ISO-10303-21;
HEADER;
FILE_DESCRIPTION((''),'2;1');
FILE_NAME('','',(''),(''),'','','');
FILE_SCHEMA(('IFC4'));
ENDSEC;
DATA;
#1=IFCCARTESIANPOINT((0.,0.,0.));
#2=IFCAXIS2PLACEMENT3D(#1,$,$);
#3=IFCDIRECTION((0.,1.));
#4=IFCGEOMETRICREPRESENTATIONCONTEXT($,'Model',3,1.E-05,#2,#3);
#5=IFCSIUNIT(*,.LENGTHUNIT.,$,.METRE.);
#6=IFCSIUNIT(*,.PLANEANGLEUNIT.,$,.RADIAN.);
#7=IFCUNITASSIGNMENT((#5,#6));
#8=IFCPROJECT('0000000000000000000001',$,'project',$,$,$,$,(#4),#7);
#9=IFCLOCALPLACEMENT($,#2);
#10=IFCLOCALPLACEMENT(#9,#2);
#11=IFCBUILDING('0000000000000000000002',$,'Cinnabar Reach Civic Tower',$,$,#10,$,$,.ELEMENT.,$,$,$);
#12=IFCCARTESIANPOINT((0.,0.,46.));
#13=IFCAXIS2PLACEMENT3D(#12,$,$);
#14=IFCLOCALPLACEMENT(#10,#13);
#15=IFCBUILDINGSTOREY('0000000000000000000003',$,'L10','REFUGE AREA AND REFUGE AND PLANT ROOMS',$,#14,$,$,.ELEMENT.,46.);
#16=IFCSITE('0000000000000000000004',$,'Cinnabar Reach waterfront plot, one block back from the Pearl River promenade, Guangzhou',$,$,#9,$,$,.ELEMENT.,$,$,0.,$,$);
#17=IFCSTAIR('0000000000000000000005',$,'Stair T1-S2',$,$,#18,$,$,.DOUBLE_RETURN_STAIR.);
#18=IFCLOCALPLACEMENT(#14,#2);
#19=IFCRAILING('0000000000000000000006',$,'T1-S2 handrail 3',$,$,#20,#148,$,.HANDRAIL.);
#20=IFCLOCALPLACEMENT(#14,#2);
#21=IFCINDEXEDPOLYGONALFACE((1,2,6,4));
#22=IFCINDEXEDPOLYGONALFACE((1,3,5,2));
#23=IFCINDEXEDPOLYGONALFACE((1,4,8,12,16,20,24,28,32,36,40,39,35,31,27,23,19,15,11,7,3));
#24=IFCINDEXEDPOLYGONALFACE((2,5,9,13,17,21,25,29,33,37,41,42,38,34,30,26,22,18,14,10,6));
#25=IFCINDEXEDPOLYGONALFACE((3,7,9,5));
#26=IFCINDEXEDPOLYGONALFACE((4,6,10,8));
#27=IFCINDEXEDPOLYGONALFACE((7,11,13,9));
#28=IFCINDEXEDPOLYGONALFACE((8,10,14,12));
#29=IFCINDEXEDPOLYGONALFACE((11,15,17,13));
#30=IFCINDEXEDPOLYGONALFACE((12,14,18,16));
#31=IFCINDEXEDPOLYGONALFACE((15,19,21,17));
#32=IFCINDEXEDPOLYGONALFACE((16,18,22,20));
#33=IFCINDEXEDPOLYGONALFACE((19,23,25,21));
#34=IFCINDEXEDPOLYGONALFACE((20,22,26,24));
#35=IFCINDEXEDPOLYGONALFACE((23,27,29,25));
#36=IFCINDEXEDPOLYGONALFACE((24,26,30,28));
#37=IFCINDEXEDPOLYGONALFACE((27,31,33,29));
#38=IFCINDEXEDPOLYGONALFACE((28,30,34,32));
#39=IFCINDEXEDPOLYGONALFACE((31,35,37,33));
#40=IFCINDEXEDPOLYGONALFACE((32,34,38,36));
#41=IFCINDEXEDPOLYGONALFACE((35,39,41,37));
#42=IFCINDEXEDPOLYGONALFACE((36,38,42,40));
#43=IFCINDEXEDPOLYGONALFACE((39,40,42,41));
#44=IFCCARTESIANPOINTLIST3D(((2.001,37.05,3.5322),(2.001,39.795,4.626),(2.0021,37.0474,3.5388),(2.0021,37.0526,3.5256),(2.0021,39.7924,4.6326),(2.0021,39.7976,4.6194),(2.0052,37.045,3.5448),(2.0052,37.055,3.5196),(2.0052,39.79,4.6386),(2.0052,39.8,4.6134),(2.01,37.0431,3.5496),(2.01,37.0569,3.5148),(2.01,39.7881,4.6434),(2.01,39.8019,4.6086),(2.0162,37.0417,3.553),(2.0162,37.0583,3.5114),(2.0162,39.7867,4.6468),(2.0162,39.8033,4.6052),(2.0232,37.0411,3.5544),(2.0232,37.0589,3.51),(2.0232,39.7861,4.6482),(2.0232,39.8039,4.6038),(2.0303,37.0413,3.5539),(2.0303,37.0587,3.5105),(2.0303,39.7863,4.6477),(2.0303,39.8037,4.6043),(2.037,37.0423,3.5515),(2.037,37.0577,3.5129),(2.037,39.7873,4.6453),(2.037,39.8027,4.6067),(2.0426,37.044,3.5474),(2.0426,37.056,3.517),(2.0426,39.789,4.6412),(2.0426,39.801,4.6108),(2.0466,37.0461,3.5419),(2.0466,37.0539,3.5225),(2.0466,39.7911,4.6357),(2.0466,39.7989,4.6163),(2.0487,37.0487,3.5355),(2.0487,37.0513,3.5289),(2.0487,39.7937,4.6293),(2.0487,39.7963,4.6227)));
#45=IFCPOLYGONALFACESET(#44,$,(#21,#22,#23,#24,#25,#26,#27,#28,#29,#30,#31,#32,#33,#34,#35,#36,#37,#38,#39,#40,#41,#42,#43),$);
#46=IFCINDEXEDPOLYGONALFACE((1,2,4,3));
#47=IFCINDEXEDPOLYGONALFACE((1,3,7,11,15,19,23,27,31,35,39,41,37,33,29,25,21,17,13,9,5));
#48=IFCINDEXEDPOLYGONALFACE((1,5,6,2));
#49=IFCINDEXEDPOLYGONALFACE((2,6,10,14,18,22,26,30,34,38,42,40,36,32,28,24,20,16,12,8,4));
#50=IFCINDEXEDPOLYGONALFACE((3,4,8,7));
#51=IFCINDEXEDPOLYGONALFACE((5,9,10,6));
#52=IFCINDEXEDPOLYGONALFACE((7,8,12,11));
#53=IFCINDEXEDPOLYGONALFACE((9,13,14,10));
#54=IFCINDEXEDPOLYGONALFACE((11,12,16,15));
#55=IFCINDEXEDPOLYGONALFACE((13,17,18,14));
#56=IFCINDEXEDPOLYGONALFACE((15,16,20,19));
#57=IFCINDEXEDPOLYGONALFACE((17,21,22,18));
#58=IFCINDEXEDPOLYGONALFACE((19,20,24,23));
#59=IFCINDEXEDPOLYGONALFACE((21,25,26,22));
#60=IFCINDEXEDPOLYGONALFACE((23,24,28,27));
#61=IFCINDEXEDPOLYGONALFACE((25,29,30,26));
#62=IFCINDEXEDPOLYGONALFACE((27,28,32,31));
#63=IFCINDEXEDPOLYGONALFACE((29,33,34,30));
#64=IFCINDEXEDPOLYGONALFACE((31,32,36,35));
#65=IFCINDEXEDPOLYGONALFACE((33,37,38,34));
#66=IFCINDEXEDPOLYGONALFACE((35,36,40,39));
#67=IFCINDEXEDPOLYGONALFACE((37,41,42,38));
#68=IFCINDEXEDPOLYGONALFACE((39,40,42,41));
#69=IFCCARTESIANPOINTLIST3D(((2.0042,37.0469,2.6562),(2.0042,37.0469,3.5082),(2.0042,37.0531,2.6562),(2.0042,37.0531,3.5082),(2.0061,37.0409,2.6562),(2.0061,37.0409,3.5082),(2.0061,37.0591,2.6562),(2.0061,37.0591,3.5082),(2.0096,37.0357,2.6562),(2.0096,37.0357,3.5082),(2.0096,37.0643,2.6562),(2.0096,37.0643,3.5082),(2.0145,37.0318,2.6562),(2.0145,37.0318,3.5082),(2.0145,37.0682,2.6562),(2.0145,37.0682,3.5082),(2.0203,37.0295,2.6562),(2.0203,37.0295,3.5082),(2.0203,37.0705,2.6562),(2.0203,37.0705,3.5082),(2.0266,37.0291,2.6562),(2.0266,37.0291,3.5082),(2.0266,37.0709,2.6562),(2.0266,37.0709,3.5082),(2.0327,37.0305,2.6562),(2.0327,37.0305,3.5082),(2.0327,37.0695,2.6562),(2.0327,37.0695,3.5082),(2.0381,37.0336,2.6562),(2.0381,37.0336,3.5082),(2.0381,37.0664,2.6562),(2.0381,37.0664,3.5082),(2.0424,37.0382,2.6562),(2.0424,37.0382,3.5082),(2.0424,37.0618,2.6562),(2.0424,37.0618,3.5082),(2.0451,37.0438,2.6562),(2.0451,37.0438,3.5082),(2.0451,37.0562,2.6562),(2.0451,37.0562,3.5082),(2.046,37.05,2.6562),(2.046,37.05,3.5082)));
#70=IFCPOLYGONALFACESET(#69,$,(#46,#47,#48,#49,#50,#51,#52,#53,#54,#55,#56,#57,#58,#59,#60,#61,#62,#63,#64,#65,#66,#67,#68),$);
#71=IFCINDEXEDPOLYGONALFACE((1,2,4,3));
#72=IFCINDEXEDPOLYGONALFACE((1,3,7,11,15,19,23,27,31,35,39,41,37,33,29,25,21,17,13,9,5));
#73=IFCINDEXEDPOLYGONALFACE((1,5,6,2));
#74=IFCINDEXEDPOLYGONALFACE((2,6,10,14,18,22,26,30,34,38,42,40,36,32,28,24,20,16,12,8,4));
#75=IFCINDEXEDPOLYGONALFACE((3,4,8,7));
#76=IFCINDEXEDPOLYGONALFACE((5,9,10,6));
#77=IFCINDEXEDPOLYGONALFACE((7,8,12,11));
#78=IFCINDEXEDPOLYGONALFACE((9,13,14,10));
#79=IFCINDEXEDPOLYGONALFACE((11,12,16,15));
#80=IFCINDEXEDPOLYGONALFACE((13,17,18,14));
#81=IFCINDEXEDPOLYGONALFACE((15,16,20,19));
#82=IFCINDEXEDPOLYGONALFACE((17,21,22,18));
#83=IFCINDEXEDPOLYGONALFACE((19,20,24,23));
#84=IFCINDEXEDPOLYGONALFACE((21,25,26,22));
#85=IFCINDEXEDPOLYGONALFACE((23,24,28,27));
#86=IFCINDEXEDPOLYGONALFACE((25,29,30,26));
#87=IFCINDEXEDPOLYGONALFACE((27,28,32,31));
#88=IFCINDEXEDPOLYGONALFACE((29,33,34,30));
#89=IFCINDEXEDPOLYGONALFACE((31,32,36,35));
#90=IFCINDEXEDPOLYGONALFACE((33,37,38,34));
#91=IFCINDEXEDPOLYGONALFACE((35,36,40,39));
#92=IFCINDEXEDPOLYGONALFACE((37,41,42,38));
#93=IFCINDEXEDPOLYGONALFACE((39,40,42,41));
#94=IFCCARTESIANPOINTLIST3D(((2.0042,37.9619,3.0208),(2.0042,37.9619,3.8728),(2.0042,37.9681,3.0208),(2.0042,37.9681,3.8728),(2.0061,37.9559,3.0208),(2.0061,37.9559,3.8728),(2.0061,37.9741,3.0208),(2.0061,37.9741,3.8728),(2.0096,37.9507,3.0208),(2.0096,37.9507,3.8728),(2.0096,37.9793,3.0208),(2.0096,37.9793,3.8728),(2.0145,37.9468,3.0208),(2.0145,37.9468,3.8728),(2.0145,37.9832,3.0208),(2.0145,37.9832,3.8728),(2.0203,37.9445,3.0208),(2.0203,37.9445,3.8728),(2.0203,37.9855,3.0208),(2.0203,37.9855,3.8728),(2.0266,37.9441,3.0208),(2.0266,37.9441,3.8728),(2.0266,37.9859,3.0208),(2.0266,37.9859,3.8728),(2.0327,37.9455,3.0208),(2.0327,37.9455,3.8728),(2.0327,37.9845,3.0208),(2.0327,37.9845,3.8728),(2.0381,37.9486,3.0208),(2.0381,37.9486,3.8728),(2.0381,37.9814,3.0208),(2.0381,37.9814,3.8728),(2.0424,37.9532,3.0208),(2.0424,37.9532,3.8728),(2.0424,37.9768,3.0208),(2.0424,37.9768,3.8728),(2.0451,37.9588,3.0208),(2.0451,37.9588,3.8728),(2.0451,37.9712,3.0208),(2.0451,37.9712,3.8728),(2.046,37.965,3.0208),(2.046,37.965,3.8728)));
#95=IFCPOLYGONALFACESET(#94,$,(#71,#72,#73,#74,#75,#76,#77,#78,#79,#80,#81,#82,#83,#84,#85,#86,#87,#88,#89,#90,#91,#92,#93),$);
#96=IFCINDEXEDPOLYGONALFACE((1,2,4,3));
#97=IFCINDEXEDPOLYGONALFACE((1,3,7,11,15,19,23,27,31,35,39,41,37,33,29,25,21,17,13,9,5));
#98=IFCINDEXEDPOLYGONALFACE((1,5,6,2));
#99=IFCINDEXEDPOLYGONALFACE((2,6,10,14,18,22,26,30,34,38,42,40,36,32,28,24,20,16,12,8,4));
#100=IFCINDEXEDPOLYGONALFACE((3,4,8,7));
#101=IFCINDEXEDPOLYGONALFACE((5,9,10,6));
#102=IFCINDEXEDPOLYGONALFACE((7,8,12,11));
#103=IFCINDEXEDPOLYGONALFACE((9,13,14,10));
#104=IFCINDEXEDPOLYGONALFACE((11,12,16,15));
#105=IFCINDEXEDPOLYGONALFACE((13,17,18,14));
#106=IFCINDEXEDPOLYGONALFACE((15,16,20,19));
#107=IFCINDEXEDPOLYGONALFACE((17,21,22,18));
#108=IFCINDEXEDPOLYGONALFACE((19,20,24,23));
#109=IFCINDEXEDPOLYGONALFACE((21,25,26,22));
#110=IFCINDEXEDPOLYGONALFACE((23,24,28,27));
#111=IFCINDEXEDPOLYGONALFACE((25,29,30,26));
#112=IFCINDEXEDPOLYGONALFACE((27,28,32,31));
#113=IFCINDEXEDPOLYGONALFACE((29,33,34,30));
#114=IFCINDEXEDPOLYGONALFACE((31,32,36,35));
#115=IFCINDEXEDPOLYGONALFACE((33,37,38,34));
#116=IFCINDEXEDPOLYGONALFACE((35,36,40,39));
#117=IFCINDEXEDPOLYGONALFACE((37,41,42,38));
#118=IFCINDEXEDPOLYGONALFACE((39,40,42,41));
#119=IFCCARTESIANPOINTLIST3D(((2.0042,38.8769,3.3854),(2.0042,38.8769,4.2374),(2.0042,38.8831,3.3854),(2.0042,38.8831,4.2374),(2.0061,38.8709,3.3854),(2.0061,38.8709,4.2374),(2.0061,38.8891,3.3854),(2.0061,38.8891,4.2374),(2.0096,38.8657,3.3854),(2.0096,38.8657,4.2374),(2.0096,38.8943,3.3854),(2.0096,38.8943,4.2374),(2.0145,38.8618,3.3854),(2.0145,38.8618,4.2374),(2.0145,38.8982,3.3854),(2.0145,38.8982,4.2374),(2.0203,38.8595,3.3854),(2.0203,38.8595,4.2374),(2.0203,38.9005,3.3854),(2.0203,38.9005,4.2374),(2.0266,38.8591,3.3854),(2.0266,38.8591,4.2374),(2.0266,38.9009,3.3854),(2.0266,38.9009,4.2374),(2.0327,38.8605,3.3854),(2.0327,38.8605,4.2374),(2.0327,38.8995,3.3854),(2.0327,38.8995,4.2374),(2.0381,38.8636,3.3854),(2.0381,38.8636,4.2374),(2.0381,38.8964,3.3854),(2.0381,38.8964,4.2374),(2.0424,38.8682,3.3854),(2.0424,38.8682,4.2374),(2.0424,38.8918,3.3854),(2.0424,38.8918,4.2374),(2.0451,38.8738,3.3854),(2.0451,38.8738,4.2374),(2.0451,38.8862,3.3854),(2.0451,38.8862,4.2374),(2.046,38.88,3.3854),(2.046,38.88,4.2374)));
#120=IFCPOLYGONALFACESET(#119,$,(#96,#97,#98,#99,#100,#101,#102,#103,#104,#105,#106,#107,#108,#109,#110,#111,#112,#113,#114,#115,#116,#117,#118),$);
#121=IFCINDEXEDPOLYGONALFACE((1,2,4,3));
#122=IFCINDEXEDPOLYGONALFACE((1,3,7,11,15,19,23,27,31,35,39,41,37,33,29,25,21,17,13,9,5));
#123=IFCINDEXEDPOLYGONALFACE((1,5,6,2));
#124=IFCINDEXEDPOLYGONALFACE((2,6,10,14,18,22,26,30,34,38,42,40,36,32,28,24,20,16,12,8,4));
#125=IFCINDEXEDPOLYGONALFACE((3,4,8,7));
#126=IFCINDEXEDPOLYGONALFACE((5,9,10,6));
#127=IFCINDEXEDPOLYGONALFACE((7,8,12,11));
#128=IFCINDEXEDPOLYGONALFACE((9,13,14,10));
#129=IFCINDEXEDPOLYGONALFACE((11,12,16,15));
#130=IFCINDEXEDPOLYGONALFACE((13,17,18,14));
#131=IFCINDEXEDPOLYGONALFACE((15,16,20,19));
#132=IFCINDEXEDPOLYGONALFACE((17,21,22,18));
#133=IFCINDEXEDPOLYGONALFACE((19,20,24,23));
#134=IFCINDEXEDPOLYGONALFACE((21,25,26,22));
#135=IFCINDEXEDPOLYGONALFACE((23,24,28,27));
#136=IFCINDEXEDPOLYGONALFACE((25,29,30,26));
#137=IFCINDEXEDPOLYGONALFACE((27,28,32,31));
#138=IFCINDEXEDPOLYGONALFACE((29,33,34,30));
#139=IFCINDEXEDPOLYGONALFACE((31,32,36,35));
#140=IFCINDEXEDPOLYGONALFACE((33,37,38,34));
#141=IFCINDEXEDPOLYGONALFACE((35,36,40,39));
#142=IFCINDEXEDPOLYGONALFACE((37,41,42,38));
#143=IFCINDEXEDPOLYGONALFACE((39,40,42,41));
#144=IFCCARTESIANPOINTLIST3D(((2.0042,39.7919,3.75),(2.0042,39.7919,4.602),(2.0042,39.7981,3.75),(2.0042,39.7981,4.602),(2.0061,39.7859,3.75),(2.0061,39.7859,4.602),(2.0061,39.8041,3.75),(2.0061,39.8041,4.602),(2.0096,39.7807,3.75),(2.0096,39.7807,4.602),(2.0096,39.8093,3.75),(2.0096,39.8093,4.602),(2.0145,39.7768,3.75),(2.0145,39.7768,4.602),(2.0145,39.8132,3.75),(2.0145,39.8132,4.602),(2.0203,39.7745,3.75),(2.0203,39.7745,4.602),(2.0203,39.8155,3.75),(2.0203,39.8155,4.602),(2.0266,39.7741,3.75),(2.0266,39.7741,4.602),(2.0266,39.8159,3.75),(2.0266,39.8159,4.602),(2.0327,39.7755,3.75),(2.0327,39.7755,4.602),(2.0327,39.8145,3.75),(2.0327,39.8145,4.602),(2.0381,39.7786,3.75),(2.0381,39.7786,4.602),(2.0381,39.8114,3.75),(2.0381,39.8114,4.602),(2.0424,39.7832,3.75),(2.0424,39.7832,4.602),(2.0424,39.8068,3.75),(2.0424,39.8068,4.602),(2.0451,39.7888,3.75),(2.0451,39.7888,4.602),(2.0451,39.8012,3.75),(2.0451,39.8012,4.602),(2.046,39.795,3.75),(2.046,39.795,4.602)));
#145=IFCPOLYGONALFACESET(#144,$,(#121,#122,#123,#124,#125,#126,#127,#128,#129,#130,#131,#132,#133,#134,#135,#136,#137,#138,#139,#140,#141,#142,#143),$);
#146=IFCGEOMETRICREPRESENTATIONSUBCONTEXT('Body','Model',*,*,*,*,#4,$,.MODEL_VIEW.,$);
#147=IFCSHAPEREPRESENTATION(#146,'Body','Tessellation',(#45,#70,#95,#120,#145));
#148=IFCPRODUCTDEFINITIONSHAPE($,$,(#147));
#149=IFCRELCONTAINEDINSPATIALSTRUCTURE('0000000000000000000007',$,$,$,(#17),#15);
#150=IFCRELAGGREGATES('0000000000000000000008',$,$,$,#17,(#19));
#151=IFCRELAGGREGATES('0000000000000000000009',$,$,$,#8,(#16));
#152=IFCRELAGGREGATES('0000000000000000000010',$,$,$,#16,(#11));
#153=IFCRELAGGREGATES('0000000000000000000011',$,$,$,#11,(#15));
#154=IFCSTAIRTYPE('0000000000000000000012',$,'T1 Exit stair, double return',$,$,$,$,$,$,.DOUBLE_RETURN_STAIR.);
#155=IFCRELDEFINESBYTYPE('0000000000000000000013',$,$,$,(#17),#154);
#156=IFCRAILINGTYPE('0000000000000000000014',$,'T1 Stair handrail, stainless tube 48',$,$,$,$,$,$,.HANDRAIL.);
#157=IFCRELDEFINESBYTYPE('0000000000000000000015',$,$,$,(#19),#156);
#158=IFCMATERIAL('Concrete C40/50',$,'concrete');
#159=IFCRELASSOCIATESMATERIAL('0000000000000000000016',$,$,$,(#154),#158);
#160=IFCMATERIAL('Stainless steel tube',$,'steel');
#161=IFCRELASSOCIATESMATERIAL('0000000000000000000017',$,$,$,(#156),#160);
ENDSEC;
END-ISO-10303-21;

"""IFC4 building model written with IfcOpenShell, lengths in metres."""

from ifc_helpers import new_model, si_unit, direction, frame, origin, origin_2d, place, context, subcontext, project, spatial, circle, extrude, material, type_object, element, aggregate, save


model = new_model("IFC4")

# Units and contexts
model_context = context("Model", 3, precision=1e-05, world=origin(), true_north=direction((0.0, 1.0)))
body_context = subcontext(model_context, "Body", "Model", "MODEL_VIEW")
ifc_project = project(units=[si_unit("LENGTHUNIT", "METRE"), si_unit("PLANEANGLEUNIT", "RADIAN")], contexts=[model_context])

# Site, building, storey
site_placement = place(None, origin())
site = spatial("IfcSite", under=ifc_project, at=site_placement, Name="Cinnabar Reach waterfront plot, one block back from the Pearl River promenade, Guangzhou", CompositionType="ELEMENT", RefElevation=0.0)
building_placement = place(site_placement, origin())
building = spatial("IfcBuilding", under=site, at=building_placement, Name="Cinnabar Reach Civic Tower", CompositionType="ELEMENT")
storey_placement = place(building_placement, frame((0.0, 0.0, 46.0)))
storey = spatial("IfcBuildingStorey", under=building, at=storey_placement, Name="L10", Description="REFUGE AREA AND REFUGE AND PLANT ROOMS", CompositionType="ELEMENT", Elevation=46.0)

# Shared definitions
ifc_material_1 = material(Name="Concrete C40/50", Category="concrete")

# Stair
stair_type = type_object("IfcStairType", Name="T1 Exit stair, double return", PredefinedType="DOUBLE_RETURN_STAIR", material=ifc_material_1)
stair_1_placement = place(storey_placement, origin())
stair_1 = element("IfcStair", 1, at=stair_1_placement, inside=storey, type_object=stair_type, Name="Stair T1-S2", PredefinedType="DOUBLE_RETURN_STAIR")

# Railing
ifc_material_2 = material(Name="Stainless steel tube", Category="steel")
railing_type_1 = type_object("IfcRailingType", Name="T1 Stair handrail, stainless tube 48", PredefinedType="HANDRAIL", material=ifc_material_2)
railing_1_placement = place(storey_placement, frame((2.025, 37.05, 2.6562)))
railing_1 = element("IfcRailing", 2, at=railing_1_placement, type_object=railing_type_1, Name="T1-S2 handrail 3", PredefinedType="HANDRAIL", context=body_context, shape_type="SweptSolid", body=[
    extrude(circle(Radius=0.024, at=origin_2d()), frame((0.0, 0.0, 0.876), z_axis=(0.0, 0.928966, 0.370165), x_axis=(-1.0, 0.0, 0.0)), (0.0, 0.0, 1.0), 2.9549),
    extrude(circle(Radius=0.021, at=origin_2d()), origin(), (0.0, 0.0, 1.0), 0.852),
    extrude(circle(Radius=0.021, at=origin_2d()), frame((0.0, 0.915, 0.3646)), (0.0, 0.0, 1.0), 0.852),
    extrude(circle(Radius=0.021, at=origin_2d()), frame((0.0, 1.83, 0.7292)), (0.0, 0.0, 1.0), 0.852),
    extrude(circle(Radius=0.021, at=origin_2d()), frame((0.0, 2.745, 1.0938)), (0.0, 0.0, 1.0), 0.852),
])
aggregate(stair_1, [railing_1])

save(model, "model.ifc")
